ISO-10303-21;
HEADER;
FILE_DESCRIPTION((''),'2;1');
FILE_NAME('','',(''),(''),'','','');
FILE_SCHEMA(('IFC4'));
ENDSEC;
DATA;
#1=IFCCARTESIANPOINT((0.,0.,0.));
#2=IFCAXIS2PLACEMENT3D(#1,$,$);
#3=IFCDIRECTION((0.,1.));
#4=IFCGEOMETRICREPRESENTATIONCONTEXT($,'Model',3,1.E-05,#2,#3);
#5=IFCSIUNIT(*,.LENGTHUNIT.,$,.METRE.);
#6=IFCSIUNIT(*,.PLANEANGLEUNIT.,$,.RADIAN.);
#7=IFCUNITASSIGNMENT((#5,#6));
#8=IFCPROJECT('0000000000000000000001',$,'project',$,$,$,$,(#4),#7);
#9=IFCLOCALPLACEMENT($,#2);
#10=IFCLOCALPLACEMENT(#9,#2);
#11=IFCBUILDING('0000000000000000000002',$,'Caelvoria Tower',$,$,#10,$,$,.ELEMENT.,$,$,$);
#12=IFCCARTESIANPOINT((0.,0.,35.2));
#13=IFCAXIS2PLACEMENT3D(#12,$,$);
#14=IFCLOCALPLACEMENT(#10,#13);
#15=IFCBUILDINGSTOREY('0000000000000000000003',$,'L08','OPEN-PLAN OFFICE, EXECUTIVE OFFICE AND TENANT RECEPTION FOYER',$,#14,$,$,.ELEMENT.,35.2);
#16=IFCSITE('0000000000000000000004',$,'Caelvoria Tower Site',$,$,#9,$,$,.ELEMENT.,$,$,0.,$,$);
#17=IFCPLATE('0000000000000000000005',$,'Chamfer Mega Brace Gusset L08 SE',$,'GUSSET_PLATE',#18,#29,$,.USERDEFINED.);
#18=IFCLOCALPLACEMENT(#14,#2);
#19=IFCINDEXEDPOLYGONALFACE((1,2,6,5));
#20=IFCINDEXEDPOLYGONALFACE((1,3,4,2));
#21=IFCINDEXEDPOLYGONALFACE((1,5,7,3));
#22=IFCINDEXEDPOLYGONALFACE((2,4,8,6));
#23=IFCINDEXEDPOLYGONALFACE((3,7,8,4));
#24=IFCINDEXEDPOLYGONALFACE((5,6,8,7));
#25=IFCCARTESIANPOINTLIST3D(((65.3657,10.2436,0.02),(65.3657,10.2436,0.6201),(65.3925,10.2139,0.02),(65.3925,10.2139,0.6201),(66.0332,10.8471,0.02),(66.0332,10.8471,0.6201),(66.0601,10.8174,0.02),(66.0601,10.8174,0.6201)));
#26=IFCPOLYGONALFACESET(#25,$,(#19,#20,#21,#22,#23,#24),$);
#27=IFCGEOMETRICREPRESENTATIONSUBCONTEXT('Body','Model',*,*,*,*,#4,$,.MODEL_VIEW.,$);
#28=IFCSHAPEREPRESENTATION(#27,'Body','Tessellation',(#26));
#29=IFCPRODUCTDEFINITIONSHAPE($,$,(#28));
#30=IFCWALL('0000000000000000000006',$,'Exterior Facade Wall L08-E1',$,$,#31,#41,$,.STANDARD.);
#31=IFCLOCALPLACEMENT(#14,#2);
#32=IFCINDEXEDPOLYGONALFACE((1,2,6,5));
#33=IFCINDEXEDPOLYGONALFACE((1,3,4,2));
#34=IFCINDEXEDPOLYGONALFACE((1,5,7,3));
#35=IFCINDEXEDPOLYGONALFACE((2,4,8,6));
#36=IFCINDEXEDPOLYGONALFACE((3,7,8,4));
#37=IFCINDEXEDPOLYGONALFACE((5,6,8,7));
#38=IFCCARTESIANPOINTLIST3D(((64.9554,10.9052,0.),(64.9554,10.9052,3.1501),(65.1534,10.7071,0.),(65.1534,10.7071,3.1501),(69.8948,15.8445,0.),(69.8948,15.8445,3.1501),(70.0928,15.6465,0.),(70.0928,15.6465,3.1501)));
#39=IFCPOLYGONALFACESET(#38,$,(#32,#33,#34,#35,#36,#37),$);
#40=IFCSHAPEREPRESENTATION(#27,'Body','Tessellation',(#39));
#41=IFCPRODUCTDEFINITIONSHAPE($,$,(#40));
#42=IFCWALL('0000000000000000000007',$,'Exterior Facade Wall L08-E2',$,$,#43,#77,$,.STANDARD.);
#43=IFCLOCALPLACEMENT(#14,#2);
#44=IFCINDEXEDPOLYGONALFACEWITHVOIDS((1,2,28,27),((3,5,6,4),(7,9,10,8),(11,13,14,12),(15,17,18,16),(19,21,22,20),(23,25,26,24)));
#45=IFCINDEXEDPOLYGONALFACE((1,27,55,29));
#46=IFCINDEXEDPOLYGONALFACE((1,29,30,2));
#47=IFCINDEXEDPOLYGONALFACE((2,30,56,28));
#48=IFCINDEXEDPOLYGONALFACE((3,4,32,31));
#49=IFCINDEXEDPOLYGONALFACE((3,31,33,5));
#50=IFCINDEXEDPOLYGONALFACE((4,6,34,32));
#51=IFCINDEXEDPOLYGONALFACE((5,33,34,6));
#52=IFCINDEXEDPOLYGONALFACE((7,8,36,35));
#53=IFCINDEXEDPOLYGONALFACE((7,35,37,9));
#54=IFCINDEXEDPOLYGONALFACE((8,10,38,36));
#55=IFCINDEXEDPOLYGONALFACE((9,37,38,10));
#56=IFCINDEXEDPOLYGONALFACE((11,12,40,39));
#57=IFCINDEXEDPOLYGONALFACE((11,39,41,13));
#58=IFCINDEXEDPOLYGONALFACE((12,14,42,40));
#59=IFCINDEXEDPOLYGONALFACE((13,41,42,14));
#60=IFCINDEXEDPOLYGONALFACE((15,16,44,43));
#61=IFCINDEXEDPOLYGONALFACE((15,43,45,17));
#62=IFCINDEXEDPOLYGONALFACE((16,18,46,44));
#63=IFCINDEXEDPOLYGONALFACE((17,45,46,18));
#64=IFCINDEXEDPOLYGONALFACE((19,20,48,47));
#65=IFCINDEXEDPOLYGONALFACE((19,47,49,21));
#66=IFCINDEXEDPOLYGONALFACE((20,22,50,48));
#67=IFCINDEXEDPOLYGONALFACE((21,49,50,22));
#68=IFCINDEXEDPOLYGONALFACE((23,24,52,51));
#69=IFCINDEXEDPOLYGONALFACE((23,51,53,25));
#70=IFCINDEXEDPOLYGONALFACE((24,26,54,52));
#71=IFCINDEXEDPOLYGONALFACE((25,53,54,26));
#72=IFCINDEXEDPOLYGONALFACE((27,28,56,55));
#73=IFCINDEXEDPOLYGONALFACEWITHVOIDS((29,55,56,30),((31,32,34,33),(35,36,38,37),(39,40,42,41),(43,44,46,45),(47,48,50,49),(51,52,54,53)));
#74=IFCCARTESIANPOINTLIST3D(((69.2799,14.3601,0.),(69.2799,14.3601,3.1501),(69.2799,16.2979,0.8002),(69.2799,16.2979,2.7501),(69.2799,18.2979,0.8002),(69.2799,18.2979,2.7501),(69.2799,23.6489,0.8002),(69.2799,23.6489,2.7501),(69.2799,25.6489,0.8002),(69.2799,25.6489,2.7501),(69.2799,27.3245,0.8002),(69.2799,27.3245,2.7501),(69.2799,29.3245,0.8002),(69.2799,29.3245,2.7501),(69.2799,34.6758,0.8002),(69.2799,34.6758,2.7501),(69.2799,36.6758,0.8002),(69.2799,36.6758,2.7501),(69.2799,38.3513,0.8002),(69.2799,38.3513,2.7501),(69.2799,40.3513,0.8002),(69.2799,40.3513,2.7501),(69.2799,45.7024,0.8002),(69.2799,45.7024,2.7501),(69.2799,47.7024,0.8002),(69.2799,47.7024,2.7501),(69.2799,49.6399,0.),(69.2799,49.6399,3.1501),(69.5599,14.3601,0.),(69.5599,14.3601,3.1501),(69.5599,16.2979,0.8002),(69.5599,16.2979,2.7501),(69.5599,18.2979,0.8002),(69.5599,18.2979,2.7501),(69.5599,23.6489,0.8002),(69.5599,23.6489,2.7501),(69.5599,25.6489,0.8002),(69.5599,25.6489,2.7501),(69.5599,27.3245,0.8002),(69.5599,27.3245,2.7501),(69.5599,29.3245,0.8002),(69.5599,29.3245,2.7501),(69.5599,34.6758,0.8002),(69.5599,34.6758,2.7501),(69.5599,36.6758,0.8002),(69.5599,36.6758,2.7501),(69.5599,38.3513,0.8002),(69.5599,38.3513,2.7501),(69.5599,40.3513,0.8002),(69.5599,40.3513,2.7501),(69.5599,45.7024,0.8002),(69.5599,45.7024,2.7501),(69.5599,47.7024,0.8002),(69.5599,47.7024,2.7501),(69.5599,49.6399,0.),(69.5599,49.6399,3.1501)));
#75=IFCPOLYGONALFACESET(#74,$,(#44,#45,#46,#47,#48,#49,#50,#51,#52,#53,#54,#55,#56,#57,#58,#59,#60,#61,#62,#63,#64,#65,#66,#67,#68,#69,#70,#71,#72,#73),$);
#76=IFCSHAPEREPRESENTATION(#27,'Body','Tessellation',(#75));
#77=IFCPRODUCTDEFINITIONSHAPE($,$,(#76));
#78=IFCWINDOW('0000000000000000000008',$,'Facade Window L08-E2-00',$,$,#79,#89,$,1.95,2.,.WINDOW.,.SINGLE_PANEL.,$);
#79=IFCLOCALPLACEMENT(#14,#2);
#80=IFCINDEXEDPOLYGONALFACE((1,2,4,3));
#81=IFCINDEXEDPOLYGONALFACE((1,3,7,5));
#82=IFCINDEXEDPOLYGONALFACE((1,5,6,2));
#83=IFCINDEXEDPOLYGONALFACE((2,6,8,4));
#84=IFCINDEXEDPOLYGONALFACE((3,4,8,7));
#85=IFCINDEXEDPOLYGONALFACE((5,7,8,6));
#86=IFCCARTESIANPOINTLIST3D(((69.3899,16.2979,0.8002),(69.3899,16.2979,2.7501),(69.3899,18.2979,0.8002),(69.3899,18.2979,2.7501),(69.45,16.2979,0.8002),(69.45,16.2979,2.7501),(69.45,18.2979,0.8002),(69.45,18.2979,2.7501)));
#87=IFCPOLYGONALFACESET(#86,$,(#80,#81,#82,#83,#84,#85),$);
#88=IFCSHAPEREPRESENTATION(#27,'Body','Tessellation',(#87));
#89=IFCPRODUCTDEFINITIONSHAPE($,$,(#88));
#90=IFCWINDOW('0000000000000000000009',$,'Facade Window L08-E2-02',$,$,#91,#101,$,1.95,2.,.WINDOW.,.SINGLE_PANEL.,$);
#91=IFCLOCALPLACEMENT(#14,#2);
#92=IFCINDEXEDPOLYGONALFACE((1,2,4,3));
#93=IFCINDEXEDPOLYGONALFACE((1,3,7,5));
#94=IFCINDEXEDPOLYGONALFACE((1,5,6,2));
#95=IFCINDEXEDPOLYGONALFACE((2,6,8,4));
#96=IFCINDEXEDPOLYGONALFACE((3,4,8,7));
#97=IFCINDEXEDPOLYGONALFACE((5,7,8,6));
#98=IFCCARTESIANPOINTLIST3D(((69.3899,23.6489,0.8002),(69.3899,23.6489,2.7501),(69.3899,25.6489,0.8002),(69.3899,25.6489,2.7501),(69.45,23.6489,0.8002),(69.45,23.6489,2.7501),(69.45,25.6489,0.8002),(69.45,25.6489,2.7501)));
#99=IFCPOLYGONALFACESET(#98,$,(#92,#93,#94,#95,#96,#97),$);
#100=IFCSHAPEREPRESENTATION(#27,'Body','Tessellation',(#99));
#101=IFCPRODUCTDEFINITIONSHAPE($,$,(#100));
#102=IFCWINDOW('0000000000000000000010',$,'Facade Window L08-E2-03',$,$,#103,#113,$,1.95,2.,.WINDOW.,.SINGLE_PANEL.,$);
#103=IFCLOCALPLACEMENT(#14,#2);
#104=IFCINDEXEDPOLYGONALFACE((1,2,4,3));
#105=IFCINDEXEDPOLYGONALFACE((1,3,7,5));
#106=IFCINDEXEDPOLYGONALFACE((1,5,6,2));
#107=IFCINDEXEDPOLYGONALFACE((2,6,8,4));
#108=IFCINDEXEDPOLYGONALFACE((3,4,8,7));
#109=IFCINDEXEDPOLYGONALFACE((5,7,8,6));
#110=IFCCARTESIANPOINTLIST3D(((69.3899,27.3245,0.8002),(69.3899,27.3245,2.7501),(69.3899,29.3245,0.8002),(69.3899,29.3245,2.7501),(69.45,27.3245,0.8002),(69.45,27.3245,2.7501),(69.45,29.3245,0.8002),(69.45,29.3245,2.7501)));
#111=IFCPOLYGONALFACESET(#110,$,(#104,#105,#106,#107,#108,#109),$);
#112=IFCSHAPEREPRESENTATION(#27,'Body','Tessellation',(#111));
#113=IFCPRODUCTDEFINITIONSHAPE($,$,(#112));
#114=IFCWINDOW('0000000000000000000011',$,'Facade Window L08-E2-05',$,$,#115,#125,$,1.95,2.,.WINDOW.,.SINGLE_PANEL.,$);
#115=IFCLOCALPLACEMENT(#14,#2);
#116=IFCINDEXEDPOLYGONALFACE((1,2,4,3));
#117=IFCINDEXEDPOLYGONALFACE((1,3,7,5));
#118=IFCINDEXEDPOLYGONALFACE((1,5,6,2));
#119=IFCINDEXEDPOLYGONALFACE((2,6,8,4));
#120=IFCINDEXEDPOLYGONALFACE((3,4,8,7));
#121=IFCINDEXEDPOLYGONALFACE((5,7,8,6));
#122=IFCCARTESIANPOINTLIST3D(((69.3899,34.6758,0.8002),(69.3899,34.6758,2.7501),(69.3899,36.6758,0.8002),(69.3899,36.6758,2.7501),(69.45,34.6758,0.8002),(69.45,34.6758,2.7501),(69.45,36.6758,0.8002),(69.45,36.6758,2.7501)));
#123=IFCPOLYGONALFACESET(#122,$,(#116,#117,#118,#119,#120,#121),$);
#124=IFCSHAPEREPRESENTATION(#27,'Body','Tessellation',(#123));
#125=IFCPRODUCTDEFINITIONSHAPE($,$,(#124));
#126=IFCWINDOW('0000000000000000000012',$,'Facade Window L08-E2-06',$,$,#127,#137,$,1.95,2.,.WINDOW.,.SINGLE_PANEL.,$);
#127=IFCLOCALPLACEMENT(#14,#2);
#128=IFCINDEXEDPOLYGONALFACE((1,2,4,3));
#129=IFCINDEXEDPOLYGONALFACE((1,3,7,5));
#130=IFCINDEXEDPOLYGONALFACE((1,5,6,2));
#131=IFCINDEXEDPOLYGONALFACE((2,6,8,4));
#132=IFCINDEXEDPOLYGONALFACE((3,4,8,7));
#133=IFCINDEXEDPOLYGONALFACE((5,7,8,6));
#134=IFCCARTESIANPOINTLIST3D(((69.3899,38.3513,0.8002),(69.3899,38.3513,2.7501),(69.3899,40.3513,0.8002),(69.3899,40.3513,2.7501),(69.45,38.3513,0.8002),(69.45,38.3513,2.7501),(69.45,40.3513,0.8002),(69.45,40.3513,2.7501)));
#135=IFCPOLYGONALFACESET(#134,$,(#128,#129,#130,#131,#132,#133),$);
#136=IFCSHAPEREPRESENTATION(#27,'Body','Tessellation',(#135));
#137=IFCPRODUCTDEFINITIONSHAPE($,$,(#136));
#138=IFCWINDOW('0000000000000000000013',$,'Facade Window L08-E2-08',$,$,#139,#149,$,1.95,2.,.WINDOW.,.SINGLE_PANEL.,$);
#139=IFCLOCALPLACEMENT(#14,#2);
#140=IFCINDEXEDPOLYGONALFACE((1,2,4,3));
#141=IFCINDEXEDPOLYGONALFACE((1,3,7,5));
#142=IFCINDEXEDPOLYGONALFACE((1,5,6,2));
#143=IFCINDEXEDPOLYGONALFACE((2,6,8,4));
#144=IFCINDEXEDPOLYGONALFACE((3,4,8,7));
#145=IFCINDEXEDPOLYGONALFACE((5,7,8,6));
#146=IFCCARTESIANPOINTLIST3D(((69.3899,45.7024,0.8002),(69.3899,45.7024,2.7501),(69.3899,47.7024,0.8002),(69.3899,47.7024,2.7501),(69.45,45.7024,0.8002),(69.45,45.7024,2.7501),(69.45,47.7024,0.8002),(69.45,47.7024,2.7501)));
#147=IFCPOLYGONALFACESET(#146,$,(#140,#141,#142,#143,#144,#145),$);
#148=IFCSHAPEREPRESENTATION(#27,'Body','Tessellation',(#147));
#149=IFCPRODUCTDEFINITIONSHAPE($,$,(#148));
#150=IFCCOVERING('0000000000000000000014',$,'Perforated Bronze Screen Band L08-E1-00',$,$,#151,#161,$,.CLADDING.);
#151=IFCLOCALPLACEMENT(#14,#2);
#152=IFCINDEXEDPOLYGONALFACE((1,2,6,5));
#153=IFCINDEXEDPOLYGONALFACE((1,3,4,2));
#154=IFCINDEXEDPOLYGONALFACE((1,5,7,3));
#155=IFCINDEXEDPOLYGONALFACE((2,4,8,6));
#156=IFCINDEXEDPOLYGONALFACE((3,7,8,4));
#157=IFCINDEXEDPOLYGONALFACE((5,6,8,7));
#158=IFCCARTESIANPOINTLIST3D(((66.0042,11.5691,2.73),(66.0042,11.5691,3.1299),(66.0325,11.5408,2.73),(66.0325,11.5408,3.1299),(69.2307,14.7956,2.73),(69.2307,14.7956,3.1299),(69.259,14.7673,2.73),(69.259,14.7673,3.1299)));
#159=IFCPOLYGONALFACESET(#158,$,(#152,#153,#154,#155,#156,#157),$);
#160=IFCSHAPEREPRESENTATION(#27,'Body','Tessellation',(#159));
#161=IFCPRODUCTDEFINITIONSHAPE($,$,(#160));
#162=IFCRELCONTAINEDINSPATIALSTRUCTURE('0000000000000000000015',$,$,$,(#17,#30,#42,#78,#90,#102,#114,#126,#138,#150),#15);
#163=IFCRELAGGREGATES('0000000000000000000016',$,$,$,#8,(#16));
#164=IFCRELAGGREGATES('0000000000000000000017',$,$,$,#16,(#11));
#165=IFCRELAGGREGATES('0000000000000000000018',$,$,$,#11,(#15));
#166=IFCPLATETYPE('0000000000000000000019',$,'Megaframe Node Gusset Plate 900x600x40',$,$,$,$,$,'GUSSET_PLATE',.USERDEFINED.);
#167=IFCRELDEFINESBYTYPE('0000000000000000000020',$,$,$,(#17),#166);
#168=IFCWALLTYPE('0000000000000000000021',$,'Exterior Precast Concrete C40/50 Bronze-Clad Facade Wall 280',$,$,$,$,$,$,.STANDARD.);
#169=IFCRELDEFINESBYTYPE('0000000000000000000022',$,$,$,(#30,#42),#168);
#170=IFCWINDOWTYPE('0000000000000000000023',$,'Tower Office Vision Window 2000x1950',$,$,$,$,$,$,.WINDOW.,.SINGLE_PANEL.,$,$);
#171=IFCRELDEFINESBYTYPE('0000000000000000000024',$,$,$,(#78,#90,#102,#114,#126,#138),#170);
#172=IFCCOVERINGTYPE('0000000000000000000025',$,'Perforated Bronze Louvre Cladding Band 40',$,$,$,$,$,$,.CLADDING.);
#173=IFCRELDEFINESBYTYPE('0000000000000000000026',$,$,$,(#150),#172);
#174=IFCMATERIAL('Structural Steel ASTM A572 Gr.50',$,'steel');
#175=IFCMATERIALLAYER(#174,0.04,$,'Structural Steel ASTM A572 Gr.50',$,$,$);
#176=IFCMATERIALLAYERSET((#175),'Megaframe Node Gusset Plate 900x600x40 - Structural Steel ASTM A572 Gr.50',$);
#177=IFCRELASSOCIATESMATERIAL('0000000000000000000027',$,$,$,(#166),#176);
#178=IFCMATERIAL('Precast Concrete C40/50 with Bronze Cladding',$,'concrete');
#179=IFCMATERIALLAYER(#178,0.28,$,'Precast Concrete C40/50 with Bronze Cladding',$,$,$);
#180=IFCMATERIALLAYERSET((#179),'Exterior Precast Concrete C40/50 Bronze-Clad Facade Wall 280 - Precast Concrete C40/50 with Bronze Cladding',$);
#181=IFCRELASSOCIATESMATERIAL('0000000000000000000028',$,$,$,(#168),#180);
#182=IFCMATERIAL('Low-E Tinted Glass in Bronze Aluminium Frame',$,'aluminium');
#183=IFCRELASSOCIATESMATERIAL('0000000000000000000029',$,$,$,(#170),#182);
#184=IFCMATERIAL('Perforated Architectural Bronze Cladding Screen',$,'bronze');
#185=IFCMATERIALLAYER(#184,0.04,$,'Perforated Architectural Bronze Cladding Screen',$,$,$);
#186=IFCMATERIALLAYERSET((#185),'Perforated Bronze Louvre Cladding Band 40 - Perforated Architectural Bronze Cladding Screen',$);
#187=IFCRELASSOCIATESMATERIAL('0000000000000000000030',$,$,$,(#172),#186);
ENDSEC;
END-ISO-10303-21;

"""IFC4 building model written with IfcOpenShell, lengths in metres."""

from ifc_helpers import new_model, si_unit, direction, frame, frame_2d, origin, origin_2d, place, context, subcontext, project, spatial, rectangle, extrude, material, layer, layer_set, type_object, element, fill, save


model = new_model("IFC4")

# Units and contexts
model_context = context("Model", 3, precision=1e-05, world=origin(), true_north=direction((0.0, 1.0)))
body_context = subcontext(model_context, "Body", "Model", "MODEL_VIEW")
ifc_project = project(units=[si_unit("LENGTHUNIT", "METRE"), si_unit("PLANEANGLEUNIT", "RADIAN")], contexts=[model_context])

# Site, building, storey
site_placement = place(None, origin())
site = spatial("IfcSite", under=ifc_project, at=site_placement, Name="Caelvoria Tower Site", CompositionType="ELEMENT", RefElevation=0.0)
building_placement = place(site_placement, origin())
building = spatial("IfcBuilding", under=site, at=building_placement, Name="Caelvoria Tower", CompositionType="ELEMENT")
storey_placement = place(building_placement, frame((0.0, 0.0, 35.2)))
storey = spatial("IfcBuildingStorey", under=building, at=storey_placement, Name="L08", Description="OPEN-PLAN OFFICE, EXECUTIVE OFFICE AND TENANT RECEPTION FOYER", CompositionType="ELEMENT", Elevation=35.2)

# Shared definitions
ifc_material_1 = material(Name="Structural Steel ASTM A572 Gr.50", Category="steel")

# Plate
ifc_layer_1 = layer(ifc_material_1, 0.04, Name="Structural Steel ASTM A572 Gr.50")
ifc_layer_set_1 = layer_set([ifc_layer_1], Name="Megaframe Node Gusset Plate 900x600x40 - Structural Steel ASTM A572 Gr.50")
plate_type = type_object("IfcPlateType", Name="Megaframe Node Gusset Plate 900x600x40", ElementType="GUSSET_PLATE", PredefinedType="USERDEFINED", material=ifc_layer_set_1)
plate_placement = place(storey_placement, frame((65.7129, 10.5305, 0.02), z_axis=(0.0, 0.0, 1.0), x_axis=(0.741816, 0.670604, 0.0)))
element("IfcPlate", 1, at=plate_placement, inside=storey, type_object=plate_type, Name="Chamfer Mega Brace Gusset L08 SE", ObjectType="GUSSET_PLATE", PredefinedType="USERDEFINED", context=body_context, shape_type="SweptSolid", body=[
    extrude(rectangle(XDim=0.8999, YDim=0.04, at=origin_2d()), origin(), (0.0, 0.0, 1.0), 0.6001),
])

# Wall
ifc_material_2 = material(Name="Precast Concrete C40/50 with Bronze Cladding", Category="concrete")
ifc_layer_2 = layer(ifc_material_2, 0.28, Name="Precast Concrete C40/50 with Bronze Cladding")
ifc_layer_set_2 = layer_set([ifc_layer_2], Name="Exterior Precast Concrete C40/50 Bronze-Clad Facade Wall 280 - Precast Concrete C40/50 with Bronze Cladding")
wall_type = type_object("IfcWallType", Name="Exterior Precast Concrete C40/50 Bronze-Clad Facade Wall 280", PredefinedType="STANDARD", material=ifc_layer_set_2)
wall_1_placement = place(storey_placement, frame((65.0544, 10.8062, 0.0), z_axis=(0.0, 0.0, 1.0), x_axis=(0.707107, 0.707107, 0.0)))
element("IfcWall", 2, at=wall_1_placement, inside=storey, type_object=wall_type, Name="Exterior Facade Wall L08-E1", PredefinedType="STANDARD", context=body_context, shape_type="SweptSolid", body=[
    extrude(rectangle(XDim=6.9854, YDim=0.28, at=frame_2d((3.4927, 0.0))), origin(), (0.0, 0.0, 1.0), 3.1501),
])

# Wall, openings, windows
wall_2_placement = place(storey_placement, frame((69.4199, 14.3601, 0.0), z_axis=(0.0, 0.0, 1.0), x_axis=(0.0, 1.0, 0.0)))
wall_2 = element("IfcWall", 3, at=wall_2_placement, inside=storey, type_object=wall_type, Name="Exterior Facade Wall L08-E2", PredefinedType="STANDARD", context=body_context, shape_type="SweptSolid", body=[
    extrude(rectangle(XDim=35.2798, YDim=0.28, at=frame_2d((17.6399, 0.0))), origin(), (0.0, 0.0, 1.0), 3.1501),
])
opening_1_placement = place(wall_2_placement, frame((1.9377, 0.0, 0.8)))
opening_1 = element("IfcOpeningElement", 4, at=opening_1_placement, cuts=wall_2, PredefinedType="OPENING", context=body_context, shape_type="SweptSolid", body=[
    extrude(rectangle(XDim=2.0, YDim=1.95, at=frame_2d((1.0, 0.9751))), frame((0.0, 0.1499, 0.0), z_axis=(0.0, -1.0, 0.0), x_axis=(1.0, 0.0, 0.0)), (0.0, 0.0, 1.0), 0.3),
])
opening_2_placement = place(wall_2_placement, frame((9.2888, 0.0, 0.8)))
opening_2 = element("IfcOpeningElement", 5, at=opening_2_placement, cuts=wall_2, PredefinedType="OPENING", context=body_context, shape_type="SweptSolid", body=[
    extrude(rectangle(XDim=2.0, YDim=1.95, at=frame_2d((1.0, 0.9751))), frame((0.0, 0.1499, 0.0), z_axis=(0.0, -1.0, 0.0), x_axis=(1.0, 0.0, 0.0)), (0.0, 0.0, 1.0), 0.3),
])
opening_3_placement = place(wall_2_placement, frame((12.9644, 0.0, 0.8)))
opening_3 = element("IfcOpeningElement", 6, at=opening_3_placement, cuts=wall_2, PredefinedType="OPENING", context=body_context, shape_type="SweptSolid", body=[
    extrude(rectangle(XDim=2.0, YDim=1.95, at=frame_2d((1.0, 0.9751))), frame((0.0, 0.1499, 0.0), z_axis=(0.0, -1.0, 0.0), x_axis=(1.0, 0.0, 0.0)), (0.0, 0.0, 1.0), 0.3),
])
opening_4_placement = place(wall_2_placement, frame((20.3157, 0.0, 0.8)))
opening_4 = element("IfcOpeningElement", 7, at=opening_4_placement, cuts=wall_2, PredefinedType="OPENING", context=body_context, shape_type="SweptSolid", body=[
    extrude(rectangle(XDim=2.0, YDim=1.95, at=frame_2d((1.0, 0.9751))), frame((0.0, 0.1499, 0.0), z_axis=(0.0, -1.0, 0.0), x_axis=(1.0, 0.0, 0.0)), (0.0, 0.0, 1.0), 0.3),
])
opening_5_placement = place(wall_2_placement, frame((23.9912, 0.0, 0.8)))
opening_5 = element("IfcOpeningElement", 8, at=opening_5_placement, cuts=wall_2, PredefinedType="OPENING", context=body_context, shape_type="SweptSolid", body=[
    extrude(rectangle(XDim=2.0, YDim=1.95, at=frame_2d((1.0, 0.9751))), frame((0.0, 0.1499, 0.0), z_axis=(0.0, -1.0, 0.0), x_axis=(1.0, 0.0, 0.0)), (0.0, 0.0, 1.0), 0.3),
])
opening_6_placement = place(wall_2_placement, frame((31.3423, 0.0, 0.8)))
opening_6 = element("IfcOpeningElement", 9, at=opening_6_placement, cuts=wall_2, PredefinedType="OPENING", context=body_context, shape_type="SweptSolid", body=[
    extrude(rectangle(XDim=2.0, YDim=1.95, at=frame_2d((1.0, 0.9751))), frame((0.0, 0.1499, 0.0), z_axis=(0.0, -1.0, 0.0), x_axis=(1.0, 0.0, 0.0)), (0.0, 0.0, 1.0), 0.3),
])
ifc_material_3 = material(Name="Low-E Tinted Glass in Bronze Aluminium Frame", Category="aluminium")
window_type = type_object("IfcWindowType", Name="Tower Office Vision Window 2000x1950", PartitioningType="SINGLE_PANEL", PredefinedType="WINDOW", material=ifc_material_3)
window_1_placement = place(opening_1_placement, origin())
window_1 = element("IfcWindow", 10, at=window_1_placement, inside=storey, type_object=window_type, Name="Facade Window L08-E2-00", OverallHeight=1.95, OverallWidth=2.0, PartitioningType="SINGLE_PANEL", PredefinedType="WINDOW", context=body_context, shape_type="SweptSolid", body=[
    extrude(rectangle(XDim=2.0, YDim=1.95, at=frame_2d((1.0, 0.9751))), frame((0.0, 0.03, 0.0), z_axis=(0.0, -1.0, 0.0), x_axis=(1.0, 0.0, 0.0)), (0.0, 0.0, 1.0), 0.0601),
])
fill(opening_1, window_1)
window_2_placement = place(opening_2_placement, origin())
window_2 = element("IfcWindow", 11, at=window_2_placement, inside=storey, type_object=window_type, Name="Facade Window L08-E2-02", OverallHeight=1.95, OverallWidth=2.0, PartitioningType="SINGLE_PANEL", PredefinedType="WINDOW", context=body_context, shape_type="SweptSolid", body=[
    extrude(rectangle(XDim=2.0, YDim=1.95, at=frame_2d((1.0, 0.9751))), frame((0.0, 0.03, 0.0), z_axis=(0.0, -1.0, 0.0), x_axis=(1.0, 0.0, 0.0)), (0.0, 0.0, 1.0), 0.0601),
])
fill(opening_2, window_2)
window_3_placement = place(opening_3_placement, origin())
window_3 = element("IfcWindow", 12, at=window_3_placement, inside=storey, type_object=window_type, Name="Facade Window L08-E2-03", OverallHeight=1.95, OverallWidth=2.0, PartitioningType="SINGLE_PANEL", PredefinedType="WINDOW", context=body_context, shape_type="SweptSolid", body=[
    extrude(rectangle(XDim=2.0, YDim=1.95, at=frame_2d((1.0, 0.9751))), frame((0.0, 0.03, 0.0), z_axis=(0.0, -1.0, 0.0), x_axis=(1.0, 0.0, 0.0)), (0.0, 0.0, 1.0), 0.0601),
])
fill(opening_3, window_3)
window_4_placement = place(opening_4_placement, origin())
window_4 = element("IfcWindow", 13, at=window_4_placement, inside=storey, type_object=window_type, Name="Facade Window L08-E2-05", OverallHeight=1.95, OverallWidth=2.0, PartitioningType="SINGLE_PANEL", PredefinedType="WINDOW", context=body_context, shape_type="SweptSolid", body=[
    extrude(rectangle(XDim=2.0, YDim=1.95, at=frame_2d((1.0, 0.9751))), frame((0.0, 0.03, 0.0), z_axis=(0.0, -1.0, 0.0), x_axis=(1.0, 0.0, 0.0)), (0.0, 0.0, 1.0), 0.0601),
])
fill(opening_4, window_4)
window_5_placement = place(opening_5_placement, origin())
window_5 = element("IfcWindow", 14, at=window_5_placement, inside=storey, type_object=window_type, Name="Facade Window L08-E2-06", OverallHeight=1.95, OverallWidth=2.0, PartitioningType="SINGLE_PANEL", PredefinedType="WINDOW", context=body_context, shape_type="SweptSolid", body=[
    extrude(rectangle(XDim=2.0, YDim=1.95, at=frame_2d((1.0, 0.9751))), frame((0.0, 0.03, 0.0), z_axis=(0.0, -1.0, 0.0), x_axis=(1.0, 0.0, 0.0)), (0.0, 0.0, 1.0), 0.0601),
])
fill(opening_5, window_5)
window_6_placement = place(opening_6_placement, origin())
window_6 = element("IfcWindow", 15, at=window_6_placement, inside=storey, type_object=window_type, Name="Facade Window L08-E2-08", OverallHeight=1.95, OverallWidth=2.0, PartitioningType="SINGLE_PANEL", PredefinedType="WINDOW", context=body_context, shape_type="SweptSolid", body=[
    extrude(rectangle(XDim=2.0, YDim=1.95, at=frame_2d((1.0, 0.9751))), frame((0.0, 0.03, 0.0), z_axis=(0.0, -1.0, 0.0), x_axis=(1.0, 0.0, 0.0)), (0.0, 0.0, 1.0), 0.0601),
])
fill(opening_6, window_6)

# Covering
ifc_material_4 = material(Name="Perforated Architectural Bronze Cladding Screen", Category="bronze")
ifc_layer_3 = layer(ifc_material_4, 0.04, Name="Perforated Architectural Bronze Cladding Screen")
ifc_layer_set_3 = layer_set([ifc_layer_3], Name="Perforated Bronze Louvre Cladding Band 40 - Perforated Architectural Bronze Cladding Screen")
covering_type = type_object("IfcCoveringType", Name="Perforated Bronze Louvre Cladding Band 40", PredefinedType="CLADDING", material=ifc_layer_set_3)
covering_placement = place(storey_placement, frame((67.6316, 13.1682, 2.73), z_axis=(0.0, 0.0, 1.0), x_axis=(0.707107, 0.707107, 0.0)))
element("IfcCovering", 16, at=covering_placement, inside=storey, type_object=covering_type, Name="Perforated Bronze Screen Band L08-E1-00", PredefinedType="CLADDING", context=body_context, shape_type="SweptSolid", body=[
    extrude(rectangle(XDim=4.563, YDim=0.04, at=origin_2d()), origin(), (0.0, 0.0, 1.0), 0.3999),
])

save(model, "model.ifc")
